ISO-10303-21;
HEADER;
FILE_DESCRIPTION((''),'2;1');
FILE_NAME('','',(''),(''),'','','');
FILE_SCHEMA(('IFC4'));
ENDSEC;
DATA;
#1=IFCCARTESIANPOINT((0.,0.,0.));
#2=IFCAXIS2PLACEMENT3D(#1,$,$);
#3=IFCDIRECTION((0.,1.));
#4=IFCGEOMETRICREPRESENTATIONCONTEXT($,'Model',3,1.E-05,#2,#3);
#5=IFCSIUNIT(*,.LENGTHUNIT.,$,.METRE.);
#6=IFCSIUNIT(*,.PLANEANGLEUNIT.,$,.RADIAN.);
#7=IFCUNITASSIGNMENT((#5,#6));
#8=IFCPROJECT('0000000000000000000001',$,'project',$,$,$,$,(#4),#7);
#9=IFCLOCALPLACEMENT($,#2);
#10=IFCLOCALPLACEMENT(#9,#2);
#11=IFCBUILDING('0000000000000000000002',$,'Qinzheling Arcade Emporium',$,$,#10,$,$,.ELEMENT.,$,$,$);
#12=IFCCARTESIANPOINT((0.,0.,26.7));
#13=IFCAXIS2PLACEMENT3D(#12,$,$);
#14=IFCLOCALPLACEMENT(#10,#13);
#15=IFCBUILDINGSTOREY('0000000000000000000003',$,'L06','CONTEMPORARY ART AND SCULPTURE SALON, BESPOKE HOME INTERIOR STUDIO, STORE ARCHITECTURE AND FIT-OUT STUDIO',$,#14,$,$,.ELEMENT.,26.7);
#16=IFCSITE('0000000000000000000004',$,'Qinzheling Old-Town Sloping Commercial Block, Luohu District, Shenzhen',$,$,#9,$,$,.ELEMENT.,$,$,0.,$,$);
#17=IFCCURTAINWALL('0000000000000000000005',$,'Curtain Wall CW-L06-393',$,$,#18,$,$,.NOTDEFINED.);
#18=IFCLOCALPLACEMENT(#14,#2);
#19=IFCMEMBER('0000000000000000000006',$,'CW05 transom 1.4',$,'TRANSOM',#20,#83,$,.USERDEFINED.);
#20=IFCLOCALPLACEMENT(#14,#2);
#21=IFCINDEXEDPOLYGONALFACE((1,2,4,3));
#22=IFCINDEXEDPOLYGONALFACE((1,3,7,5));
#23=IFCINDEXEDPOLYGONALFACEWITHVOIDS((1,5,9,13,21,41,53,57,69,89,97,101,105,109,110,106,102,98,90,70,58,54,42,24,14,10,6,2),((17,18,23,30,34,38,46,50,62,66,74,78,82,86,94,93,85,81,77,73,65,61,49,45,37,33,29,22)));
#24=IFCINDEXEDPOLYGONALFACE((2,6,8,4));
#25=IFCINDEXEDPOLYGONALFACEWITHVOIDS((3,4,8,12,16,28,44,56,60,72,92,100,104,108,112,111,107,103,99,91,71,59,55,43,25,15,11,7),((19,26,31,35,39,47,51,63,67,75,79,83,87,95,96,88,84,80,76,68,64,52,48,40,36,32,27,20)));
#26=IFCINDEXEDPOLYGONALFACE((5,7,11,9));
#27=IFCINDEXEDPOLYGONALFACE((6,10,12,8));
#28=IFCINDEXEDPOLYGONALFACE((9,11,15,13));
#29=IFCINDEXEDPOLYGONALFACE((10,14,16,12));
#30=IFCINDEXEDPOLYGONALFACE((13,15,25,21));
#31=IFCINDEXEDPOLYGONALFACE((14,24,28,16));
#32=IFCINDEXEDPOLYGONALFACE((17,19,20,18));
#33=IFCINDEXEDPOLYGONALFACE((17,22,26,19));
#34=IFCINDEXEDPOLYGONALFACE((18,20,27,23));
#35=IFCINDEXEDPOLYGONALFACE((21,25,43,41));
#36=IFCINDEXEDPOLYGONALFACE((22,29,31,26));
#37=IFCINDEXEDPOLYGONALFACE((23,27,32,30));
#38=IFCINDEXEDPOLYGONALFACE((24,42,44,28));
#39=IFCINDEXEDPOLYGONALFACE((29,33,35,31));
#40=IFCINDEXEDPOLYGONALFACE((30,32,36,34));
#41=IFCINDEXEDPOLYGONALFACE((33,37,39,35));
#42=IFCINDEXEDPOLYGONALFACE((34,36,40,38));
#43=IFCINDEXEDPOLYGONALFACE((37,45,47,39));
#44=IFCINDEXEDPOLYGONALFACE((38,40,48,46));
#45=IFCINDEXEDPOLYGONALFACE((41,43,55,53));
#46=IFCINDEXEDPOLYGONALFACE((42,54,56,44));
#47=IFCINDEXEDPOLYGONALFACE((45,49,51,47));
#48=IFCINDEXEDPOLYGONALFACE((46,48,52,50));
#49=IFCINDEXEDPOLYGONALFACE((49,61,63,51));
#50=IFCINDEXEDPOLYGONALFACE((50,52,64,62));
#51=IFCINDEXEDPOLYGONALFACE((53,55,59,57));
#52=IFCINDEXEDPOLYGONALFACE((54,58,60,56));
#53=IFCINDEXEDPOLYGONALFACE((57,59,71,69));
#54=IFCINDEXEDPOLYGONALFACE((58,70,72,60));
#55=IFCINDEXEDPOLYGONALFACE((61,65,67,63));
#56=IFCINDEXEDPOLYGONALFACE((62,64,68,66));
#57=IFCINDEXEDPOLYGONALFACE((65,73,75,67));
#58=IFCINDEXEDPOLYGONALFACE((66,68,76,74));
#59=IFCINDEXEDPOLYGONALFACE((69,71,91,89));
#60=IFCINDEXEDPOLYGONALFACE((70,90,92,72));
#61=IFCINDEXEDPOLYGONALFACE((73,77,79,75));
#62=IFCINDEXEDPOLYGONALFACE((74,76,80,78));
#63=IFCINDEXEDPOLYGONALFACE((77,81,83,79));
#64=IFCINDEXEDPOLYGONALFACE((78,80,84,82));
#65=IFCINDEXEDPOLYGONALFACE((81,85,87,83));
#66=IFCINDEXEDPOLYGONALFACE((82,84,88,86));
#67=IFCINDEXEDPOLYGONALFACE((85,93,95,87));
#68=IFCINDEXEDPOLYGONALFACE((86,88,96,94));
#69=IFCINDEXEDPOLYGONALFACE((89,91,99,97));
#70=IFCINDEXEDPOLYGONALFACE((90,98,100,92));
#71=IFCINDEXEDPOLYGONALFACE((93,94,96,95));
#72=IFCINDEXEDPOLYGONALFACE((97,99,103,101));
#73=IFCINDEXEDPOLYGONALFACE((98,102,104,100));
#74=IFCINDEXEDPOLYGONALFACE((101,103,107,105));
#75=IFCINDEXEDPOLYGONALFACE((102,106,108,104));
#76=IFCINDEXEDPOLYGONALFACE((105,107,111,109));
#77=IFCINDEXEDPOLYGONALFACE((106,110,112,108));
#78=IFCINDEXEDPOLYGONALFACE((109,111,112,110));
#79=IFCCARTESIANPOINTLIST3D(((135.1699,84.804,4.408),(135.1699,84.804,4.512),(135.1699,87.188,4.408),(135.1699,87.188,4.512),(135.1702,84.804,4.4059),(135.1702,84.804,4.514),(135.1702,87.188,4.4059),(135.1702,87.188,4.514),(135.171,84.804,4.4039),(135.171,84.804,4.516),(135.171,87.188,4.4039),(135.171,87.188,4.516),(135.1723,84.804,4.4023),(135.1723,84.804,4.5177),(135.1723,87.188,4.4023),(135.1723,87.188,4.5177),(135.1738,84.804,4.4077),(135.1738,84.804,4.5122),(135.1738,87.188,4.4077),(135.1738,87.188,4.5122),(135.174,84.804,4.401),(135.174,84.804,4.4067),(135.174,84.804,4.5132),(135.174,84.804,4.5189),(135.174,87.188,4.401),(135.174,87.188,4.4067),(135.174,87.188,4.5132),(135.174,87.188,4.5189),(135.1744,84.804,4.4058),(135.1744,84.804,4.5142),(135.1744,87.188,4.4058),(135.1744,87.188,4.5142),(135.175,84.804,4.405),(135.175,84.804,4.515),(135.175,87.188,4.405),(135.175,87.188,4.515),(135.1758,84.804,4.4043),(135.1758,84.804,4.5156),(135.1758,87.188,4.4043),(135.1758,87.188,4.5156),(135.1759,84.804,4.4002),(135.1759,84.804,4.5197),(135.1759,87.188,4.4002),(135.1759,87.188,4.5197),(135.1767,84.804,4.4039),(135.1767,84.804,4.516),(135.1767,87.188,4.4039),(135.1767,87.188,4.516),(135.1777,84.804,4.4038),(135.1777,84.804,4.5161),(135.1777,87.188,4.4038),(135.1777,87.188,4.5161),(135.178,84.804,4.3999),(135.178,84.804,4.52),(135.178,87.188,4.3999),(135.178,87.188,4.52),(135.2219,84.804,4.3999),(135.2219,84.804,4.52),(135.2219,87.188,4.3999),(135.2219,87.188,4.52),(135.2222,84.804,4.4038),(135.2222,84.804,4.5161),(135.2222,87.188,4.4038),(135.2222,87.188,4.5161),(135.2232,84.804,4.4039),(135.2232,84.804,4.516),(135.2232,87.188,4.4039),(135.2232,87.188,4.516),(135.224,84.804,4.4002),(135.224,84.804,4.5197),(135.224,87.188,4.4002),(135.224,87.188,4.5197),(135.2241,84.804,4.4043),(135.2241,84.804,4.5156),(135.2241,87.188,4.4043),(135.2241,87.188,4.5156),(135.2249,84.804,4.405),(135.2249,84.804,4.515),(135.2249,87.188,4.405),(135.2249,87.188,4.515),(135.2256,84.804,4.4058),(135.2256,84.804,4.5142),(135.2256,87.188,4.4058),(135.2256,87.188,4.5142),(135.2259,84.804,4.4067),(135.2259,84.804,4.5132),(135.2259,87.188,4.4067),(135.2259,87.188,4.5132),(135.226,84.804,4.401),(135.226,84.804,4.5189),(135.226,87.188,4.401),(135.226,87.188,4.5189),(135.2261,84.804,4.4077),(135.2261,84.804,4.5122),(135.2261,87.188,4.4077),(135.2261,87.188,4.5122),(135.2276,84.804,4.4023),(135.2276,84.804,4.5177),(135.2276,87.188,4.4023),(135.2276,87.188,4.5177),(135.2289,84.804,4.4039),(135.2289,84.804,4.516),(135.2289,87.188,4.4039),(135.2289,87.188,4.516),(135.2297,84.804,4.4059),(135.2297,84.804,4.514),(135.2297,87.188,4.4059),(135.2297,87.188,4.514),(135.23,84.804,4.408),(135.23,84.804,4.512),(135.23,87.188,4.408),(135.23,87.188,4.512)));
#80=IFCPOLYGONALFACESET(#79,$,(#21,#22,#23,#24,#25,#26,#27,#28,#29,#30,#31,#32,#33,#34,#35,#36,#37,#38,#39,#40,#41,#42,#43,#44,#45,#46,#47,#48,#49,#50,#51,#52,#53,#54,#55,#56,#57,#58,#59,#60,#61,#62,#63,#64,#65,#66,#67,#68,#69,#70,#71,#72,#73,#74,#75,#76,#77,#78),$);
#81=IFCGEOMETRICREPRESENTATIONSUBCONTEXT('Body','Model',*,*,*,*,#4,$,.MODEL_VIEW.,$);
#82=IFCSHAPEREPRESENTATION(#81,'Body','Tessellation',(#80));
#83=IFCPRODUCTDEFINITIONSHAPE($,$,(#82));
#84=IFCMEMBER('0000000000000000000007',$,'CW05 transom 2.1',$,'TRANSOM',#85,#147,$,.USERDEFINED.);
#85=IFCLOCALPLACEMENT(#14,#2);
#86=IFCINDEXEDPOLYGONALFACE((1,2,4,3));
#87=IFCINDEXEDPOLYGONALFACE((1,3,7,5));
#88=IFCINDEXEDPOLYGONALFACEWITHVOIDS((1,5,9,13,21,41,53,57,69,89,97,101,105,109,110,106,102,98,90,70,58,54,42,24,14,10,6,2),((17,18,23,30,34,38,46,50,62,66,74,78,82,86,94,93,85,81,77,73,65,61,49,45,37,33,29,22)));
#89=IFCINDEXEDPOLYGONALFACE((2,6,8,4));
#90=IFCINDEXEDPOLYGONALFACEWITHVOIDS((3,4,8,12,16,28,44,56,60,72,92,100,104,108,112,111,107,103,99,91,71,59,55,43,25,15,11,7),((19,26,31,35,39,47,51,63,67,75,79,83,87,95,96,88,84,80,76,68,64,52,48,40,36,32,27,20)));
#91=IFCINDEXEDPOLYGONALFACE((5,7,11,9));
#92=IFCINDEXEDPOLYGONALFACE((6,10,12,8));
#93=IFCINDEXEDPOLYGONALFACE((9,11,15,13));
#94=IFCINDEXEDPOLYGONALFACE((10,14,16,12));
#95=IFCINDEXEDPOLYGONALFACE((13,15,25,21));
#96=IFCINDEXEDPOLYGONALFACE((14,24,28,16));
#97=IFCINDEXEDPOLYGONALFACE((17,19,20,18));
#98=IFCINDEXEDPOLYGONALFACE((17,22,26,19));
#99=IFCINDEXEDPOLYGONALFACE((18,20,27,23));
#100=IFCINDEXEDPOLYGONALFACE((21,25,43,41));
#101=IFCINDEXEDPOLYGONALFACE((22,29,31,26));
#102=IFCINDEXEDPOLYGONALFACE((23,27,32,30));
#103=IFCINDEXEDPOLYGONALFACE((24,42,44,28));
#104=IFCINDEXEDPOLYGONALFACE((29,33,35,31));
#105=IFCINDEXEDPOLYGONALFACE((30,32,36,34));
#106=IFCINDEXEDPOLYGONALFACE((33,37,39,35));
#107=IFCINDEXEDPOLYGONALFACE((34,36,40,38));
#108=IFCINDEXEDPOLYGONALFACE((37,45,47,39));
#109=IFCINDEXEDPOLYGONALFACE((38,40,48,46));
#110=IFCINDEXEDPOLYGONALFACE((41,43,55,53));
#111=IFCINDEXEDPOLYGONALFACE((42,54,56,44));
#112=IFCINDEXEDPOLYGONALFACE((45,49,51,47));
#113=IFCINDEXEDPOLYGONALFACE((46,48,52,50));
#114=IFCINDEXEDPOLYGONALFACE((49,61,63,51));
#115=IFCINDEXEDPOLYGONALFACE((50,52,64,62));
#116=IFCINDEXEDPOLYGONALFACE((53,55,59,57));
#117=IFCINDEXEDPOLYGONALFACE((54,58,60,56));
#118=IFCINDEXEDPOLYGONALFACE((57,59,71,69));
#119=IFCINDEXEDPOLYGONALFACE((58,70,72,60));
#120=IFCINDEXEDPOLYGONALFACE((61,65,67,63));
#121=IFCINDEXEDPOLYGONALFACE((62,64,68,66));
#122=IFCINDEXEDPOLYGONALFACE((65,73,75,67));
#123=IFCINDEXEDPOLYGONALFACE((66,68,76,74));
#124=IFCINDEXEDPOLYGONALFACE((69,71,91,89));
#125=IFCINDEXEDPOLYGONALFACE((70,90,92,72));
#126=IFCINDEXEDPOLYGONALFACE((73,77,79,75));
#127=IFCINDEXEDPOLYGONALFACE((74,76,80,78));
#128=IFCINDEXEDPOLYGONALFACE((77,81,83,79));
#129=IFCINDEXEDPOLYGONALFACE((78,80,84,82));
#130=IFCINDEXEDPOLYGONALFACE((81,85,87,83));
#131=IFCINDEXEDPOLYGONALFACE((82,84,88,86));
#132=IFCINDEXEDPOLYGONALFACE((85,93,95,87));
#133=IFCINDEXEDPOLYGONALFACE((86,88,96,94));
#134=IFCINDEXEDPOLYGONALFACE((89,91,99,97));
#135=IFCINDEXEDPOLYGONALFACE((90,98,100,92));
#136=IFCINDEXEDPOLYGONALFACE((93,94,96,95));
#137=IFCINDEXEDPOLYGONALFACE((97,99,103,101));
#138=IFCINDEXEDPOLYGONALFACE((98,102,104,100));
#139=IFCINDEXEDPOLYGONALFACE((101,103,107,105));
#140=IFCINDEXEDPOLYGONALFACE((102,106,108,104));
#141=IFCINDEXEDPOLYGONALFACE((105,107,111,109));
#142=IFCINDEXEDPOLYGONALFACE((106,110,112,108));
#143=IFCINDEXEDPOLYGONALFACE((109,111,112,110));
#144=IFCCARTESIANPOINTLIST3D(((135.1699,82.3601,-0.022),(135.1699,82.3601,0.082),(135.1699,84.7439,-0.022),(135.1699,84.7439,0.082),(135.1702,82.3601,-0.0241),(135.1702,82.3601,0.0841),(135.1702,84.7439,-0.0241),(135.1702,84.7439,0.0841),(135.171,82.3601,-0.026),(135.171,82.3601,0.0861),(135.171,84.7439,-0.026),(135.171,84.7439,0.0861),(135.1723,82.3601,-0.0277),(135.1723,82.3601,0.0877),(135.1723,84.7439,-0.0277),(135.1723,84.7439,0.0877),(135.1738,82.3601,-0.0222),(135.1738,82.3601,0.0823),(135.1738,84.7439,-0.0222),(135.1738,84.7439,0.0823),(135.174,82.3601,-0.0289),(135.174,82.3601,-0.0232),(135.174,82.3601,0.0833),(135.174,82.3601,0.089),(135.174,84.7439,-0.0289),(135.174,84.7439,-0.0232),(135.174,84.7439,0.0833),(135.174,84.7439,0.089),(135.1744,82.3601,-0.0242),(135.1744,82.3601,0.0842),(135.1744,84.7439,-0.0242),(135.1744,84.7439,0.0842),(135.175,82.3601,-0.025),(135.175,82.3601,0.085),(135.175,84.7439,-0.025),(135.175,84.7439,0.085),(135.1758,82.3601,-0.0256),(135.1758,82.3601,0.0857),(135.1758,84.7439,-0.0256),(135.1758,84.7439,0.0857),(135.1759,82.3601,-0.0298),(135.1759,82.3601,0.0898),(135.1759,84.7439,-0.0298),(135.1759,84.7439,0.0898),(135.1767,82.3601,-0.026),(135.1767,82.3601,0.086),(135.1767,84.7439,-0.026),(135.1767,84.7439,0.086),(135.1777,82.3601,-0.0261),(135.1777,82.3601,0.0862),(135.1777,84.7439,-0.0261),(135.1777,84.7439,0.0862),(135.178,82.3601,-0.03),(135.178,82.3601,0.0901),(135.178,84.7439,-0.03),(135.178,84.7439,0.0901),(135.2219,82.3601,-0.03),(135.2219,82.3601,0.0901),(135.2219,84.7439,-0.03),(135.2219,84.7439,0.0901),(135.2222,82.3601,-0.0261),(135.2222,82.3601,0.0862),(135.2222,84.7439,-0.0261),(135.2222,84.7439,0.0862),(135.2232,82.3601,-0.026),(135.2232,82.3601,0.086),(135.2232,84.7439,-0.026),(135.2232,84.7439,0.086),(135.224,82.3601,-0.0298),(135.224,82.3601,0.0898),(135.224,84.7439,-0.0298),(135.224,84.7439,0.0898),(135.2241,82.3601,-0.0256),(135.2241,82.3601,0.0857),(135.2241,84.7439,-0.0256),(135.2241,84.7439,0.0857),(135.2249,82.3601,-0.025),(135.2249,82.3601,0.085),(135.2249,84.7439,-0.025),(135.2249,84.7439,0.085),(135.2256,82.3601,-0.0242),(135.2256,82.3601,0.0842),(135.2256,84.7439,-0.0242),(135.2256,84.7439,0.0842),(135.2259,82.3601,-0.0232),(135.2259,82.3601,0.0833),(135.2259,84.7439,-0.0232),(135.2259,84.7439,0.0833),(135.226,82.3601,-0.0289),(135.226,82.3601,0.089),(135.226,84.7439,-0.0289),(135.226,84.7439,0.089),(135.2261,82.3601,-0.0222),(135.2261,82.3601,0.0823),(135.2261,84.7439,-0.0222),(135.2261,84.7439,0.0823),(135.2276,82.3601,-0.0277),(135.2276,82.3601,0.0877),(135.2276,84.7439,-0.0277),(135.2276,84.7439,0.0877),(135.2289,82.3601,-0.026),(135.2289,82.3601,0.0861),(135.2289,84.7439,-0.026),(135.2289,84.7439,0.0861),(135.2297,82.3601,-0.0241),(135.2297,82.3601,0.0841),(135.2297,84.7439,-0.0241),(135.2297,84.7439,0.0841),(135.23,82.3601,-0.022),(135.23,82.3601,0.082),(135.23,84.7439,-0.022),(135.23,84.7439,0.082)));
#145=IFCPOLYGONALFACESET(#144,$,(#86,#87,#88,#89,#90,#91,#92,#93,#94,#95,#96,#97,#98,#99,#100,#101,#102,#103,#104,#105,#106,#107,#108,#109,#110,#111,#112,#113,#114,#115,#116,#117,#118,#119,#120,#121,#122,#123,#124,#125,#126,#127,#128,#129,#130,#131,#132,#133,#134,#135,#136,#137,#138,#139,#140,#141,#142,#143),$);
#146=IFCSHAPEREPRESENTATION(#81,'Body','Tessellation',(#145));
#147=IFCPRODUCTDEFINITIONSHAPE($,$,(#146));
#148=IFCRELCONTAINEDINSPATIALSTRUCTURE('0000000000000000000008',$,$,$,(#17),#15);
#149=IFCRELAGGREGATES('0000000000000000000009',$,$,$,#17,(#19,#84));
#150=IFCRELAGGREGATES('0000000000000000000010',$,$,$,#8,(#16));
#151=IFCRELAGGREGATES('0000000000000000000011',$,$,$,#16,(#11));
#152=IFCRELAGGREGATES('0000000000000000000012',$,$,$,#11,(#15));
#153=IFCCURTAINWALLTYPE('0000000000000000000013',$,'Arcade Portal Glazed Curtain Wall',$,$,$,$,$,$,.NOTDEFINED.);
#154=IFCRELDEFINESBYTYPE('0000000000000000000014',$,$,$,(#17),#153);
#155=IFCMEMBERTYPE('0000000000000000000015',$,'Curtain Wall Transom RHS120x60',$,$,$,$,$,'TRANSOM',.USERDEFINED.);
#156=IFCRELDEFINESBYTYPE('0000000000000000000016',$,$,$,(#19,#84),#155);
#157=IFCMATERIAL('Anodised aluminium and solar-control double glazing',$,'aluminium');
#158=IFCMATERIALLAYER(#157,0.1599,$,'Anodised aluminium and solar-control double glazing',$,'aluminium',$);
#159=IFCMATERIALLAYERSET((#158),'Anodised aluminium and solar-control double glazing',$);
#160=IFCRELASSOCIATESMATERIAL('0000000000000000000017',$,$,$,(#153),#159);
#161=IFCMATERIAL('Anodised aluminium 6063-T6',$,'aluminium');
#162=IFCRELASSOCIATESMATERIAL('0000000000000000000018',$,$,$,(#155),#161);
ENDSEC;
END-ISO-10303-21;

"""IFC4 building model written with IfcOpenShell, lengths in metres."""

from ifc_helpers import new_model, si_unit, direction, frame, origin, origin_2d, place, context, subcontext, project, spatial, hollow_rectangle, extrude, material, layer, layer_set, material_profile, profile_set, type_object, element, aggregate, save


model = new_model("IFC4")

# Units and contexts
model_context = context("Model", 3, precision=1e-05, world=origin(), true_north=direction((0.0, 1.0)))
body_context = subcontext(model_context, "Body", "Model", "MODEL_VIEW")
ifc_project = project(units=[si_unit("LENGTHUNIT", "METRE"), si_unit("PLANEANGLEUNIT", "RADIAN")], contexts=[model_context])

# Site, building, storey
site_placement = place(None, origin())
site = spatial("IfcSite", under=ifc_project, at=site_placement, Name="Qinzheling Old-Town Sloping Commercial Block, Luohu District, Shenzhen", CompositionType="ELEMENT", RefElevation=0.0)
building_placement = place(site_placement, origin())
building = spatial("IfcBuilding", under=site, at=building_placement, Name="Qinzheling Arcade Emporium", CompositionType="ELEMENT")
storey_placement = place(building_placement, frame((0.0, 0.0, 26.7)))
storey = spatial("IfcBuildingStorey", under=building, at=storey_placement, Name="L06", Description="CONTEMPORARY ART AND SCULPTURE SALON, BESPOKE HOME INTERIOR STUDIO, STORE ARCHITECTURE AND FIT-OUT STUDIO", CompositionType="ELEMENT", Elevation=26.7)

# Curtain wall, members
ifc_material_1 = material(Name="Anodised aluminium and solar-control double glazing", Category="aluminium")
ifc_layer_1 = layer(ifc_material_1, 0.1599, Name="Anodised aluminium and solar-control double glazing", Category="aluminium")
ifc_layer_set_1 = layer_set([ifc_layer_1], Name="Anodised aluminium and solar-control double glazing")
curtain_wall_type = type_object("IfcCurtainWallType", Name="Arcade Portal Glazed Curtain Wall", PredefinedType="NOTDEFINED", material=ifc_layer_set_1)
curtain_wall_placement = place(storey_placement, origin())
curtain_wall = element("IfcCurtainWall", 1, at=curtain_wall_placement, inside=storey, type_object=curtain_wall_type, Name="Curtain Wall CW-L06-393", PredefinedType="NOTDEFINED")
ifc_material_2 = material(Name="Anodised aluminium 6063-T6", Category="aluminium")
ifc_material_profile_1 = material_profile(ifc_material_2, hollow_rectangle(XDim=0.0601, YDim=0.1201, WallThickness=0.0039, InnerFilletRadius=0.0039, OuterFilletRadius=0.0081, at=origin_2d()), Name="RHS 120x60x4", Category="aluminium")
ifc_profile_set_1 = profile_set([ifc_material_profile_1], Name="Anodised aluminium 6063-T6")
member_type_1 = type_object("IfcMemberType", Name="Curtain Wall Transom RHS120x60", ElementType="TRANSOM", PredefinedType="USERDEFINED", material=ifc_profile_set_1)
member_1_placement = place(storey_placement, frame((135.2, 87.188, 4.46), z_axis=(0.0, -1.0, 0.0), x_axis=(1.0, 0.0, 0.0)))
member_1 = element("IfcMember", 2, at=member_1_placement, type_object=member_type_1, Name="CW05 transom 1.4", ObjectType="TRANSOM", PredefinedType="USERDEFINED", context=body_context, shape_type="SweptSolid", body=[
    extrude(hollow_rectangle(XDim=0.0601, YDim=0.1201, WallThickness=0.0039, InnerFilletRadius=0.0039, OuterFilletRadius=0.0081, at=origin_2d()), origin(), (0.0, 0.0, 1.0), 2.384),
])
member_2_placement = place(storey_placement, frame((135.2, 84.7439, 0.03), z_axis=(0.0, -1.0, 0.0), x_axis=(1.0, 0.0, 0.0)))
member_2 = element("IfcMember", 3, at=member_2_placement, type_object=member_type_1, Name="CW05 transom 2.1", ObjectType="TRANSOM", PredefinedType="USERDEFINED", context=body_context, shape_type="SweptSolid", body=[
    extrude(hollow_rectangle(XDim=0.0601, YDim=0.1201, WallThickness=0.0039, InnerFilletRadius=0.0039, OuterFilletRadius=0.0081, at=origin_2d()), origin(), (0.0, 0.0, 1.0), 2.3838),
])

aggregate(curtain_wall, [member_1, member_2])

save(model, "model.ifc")
